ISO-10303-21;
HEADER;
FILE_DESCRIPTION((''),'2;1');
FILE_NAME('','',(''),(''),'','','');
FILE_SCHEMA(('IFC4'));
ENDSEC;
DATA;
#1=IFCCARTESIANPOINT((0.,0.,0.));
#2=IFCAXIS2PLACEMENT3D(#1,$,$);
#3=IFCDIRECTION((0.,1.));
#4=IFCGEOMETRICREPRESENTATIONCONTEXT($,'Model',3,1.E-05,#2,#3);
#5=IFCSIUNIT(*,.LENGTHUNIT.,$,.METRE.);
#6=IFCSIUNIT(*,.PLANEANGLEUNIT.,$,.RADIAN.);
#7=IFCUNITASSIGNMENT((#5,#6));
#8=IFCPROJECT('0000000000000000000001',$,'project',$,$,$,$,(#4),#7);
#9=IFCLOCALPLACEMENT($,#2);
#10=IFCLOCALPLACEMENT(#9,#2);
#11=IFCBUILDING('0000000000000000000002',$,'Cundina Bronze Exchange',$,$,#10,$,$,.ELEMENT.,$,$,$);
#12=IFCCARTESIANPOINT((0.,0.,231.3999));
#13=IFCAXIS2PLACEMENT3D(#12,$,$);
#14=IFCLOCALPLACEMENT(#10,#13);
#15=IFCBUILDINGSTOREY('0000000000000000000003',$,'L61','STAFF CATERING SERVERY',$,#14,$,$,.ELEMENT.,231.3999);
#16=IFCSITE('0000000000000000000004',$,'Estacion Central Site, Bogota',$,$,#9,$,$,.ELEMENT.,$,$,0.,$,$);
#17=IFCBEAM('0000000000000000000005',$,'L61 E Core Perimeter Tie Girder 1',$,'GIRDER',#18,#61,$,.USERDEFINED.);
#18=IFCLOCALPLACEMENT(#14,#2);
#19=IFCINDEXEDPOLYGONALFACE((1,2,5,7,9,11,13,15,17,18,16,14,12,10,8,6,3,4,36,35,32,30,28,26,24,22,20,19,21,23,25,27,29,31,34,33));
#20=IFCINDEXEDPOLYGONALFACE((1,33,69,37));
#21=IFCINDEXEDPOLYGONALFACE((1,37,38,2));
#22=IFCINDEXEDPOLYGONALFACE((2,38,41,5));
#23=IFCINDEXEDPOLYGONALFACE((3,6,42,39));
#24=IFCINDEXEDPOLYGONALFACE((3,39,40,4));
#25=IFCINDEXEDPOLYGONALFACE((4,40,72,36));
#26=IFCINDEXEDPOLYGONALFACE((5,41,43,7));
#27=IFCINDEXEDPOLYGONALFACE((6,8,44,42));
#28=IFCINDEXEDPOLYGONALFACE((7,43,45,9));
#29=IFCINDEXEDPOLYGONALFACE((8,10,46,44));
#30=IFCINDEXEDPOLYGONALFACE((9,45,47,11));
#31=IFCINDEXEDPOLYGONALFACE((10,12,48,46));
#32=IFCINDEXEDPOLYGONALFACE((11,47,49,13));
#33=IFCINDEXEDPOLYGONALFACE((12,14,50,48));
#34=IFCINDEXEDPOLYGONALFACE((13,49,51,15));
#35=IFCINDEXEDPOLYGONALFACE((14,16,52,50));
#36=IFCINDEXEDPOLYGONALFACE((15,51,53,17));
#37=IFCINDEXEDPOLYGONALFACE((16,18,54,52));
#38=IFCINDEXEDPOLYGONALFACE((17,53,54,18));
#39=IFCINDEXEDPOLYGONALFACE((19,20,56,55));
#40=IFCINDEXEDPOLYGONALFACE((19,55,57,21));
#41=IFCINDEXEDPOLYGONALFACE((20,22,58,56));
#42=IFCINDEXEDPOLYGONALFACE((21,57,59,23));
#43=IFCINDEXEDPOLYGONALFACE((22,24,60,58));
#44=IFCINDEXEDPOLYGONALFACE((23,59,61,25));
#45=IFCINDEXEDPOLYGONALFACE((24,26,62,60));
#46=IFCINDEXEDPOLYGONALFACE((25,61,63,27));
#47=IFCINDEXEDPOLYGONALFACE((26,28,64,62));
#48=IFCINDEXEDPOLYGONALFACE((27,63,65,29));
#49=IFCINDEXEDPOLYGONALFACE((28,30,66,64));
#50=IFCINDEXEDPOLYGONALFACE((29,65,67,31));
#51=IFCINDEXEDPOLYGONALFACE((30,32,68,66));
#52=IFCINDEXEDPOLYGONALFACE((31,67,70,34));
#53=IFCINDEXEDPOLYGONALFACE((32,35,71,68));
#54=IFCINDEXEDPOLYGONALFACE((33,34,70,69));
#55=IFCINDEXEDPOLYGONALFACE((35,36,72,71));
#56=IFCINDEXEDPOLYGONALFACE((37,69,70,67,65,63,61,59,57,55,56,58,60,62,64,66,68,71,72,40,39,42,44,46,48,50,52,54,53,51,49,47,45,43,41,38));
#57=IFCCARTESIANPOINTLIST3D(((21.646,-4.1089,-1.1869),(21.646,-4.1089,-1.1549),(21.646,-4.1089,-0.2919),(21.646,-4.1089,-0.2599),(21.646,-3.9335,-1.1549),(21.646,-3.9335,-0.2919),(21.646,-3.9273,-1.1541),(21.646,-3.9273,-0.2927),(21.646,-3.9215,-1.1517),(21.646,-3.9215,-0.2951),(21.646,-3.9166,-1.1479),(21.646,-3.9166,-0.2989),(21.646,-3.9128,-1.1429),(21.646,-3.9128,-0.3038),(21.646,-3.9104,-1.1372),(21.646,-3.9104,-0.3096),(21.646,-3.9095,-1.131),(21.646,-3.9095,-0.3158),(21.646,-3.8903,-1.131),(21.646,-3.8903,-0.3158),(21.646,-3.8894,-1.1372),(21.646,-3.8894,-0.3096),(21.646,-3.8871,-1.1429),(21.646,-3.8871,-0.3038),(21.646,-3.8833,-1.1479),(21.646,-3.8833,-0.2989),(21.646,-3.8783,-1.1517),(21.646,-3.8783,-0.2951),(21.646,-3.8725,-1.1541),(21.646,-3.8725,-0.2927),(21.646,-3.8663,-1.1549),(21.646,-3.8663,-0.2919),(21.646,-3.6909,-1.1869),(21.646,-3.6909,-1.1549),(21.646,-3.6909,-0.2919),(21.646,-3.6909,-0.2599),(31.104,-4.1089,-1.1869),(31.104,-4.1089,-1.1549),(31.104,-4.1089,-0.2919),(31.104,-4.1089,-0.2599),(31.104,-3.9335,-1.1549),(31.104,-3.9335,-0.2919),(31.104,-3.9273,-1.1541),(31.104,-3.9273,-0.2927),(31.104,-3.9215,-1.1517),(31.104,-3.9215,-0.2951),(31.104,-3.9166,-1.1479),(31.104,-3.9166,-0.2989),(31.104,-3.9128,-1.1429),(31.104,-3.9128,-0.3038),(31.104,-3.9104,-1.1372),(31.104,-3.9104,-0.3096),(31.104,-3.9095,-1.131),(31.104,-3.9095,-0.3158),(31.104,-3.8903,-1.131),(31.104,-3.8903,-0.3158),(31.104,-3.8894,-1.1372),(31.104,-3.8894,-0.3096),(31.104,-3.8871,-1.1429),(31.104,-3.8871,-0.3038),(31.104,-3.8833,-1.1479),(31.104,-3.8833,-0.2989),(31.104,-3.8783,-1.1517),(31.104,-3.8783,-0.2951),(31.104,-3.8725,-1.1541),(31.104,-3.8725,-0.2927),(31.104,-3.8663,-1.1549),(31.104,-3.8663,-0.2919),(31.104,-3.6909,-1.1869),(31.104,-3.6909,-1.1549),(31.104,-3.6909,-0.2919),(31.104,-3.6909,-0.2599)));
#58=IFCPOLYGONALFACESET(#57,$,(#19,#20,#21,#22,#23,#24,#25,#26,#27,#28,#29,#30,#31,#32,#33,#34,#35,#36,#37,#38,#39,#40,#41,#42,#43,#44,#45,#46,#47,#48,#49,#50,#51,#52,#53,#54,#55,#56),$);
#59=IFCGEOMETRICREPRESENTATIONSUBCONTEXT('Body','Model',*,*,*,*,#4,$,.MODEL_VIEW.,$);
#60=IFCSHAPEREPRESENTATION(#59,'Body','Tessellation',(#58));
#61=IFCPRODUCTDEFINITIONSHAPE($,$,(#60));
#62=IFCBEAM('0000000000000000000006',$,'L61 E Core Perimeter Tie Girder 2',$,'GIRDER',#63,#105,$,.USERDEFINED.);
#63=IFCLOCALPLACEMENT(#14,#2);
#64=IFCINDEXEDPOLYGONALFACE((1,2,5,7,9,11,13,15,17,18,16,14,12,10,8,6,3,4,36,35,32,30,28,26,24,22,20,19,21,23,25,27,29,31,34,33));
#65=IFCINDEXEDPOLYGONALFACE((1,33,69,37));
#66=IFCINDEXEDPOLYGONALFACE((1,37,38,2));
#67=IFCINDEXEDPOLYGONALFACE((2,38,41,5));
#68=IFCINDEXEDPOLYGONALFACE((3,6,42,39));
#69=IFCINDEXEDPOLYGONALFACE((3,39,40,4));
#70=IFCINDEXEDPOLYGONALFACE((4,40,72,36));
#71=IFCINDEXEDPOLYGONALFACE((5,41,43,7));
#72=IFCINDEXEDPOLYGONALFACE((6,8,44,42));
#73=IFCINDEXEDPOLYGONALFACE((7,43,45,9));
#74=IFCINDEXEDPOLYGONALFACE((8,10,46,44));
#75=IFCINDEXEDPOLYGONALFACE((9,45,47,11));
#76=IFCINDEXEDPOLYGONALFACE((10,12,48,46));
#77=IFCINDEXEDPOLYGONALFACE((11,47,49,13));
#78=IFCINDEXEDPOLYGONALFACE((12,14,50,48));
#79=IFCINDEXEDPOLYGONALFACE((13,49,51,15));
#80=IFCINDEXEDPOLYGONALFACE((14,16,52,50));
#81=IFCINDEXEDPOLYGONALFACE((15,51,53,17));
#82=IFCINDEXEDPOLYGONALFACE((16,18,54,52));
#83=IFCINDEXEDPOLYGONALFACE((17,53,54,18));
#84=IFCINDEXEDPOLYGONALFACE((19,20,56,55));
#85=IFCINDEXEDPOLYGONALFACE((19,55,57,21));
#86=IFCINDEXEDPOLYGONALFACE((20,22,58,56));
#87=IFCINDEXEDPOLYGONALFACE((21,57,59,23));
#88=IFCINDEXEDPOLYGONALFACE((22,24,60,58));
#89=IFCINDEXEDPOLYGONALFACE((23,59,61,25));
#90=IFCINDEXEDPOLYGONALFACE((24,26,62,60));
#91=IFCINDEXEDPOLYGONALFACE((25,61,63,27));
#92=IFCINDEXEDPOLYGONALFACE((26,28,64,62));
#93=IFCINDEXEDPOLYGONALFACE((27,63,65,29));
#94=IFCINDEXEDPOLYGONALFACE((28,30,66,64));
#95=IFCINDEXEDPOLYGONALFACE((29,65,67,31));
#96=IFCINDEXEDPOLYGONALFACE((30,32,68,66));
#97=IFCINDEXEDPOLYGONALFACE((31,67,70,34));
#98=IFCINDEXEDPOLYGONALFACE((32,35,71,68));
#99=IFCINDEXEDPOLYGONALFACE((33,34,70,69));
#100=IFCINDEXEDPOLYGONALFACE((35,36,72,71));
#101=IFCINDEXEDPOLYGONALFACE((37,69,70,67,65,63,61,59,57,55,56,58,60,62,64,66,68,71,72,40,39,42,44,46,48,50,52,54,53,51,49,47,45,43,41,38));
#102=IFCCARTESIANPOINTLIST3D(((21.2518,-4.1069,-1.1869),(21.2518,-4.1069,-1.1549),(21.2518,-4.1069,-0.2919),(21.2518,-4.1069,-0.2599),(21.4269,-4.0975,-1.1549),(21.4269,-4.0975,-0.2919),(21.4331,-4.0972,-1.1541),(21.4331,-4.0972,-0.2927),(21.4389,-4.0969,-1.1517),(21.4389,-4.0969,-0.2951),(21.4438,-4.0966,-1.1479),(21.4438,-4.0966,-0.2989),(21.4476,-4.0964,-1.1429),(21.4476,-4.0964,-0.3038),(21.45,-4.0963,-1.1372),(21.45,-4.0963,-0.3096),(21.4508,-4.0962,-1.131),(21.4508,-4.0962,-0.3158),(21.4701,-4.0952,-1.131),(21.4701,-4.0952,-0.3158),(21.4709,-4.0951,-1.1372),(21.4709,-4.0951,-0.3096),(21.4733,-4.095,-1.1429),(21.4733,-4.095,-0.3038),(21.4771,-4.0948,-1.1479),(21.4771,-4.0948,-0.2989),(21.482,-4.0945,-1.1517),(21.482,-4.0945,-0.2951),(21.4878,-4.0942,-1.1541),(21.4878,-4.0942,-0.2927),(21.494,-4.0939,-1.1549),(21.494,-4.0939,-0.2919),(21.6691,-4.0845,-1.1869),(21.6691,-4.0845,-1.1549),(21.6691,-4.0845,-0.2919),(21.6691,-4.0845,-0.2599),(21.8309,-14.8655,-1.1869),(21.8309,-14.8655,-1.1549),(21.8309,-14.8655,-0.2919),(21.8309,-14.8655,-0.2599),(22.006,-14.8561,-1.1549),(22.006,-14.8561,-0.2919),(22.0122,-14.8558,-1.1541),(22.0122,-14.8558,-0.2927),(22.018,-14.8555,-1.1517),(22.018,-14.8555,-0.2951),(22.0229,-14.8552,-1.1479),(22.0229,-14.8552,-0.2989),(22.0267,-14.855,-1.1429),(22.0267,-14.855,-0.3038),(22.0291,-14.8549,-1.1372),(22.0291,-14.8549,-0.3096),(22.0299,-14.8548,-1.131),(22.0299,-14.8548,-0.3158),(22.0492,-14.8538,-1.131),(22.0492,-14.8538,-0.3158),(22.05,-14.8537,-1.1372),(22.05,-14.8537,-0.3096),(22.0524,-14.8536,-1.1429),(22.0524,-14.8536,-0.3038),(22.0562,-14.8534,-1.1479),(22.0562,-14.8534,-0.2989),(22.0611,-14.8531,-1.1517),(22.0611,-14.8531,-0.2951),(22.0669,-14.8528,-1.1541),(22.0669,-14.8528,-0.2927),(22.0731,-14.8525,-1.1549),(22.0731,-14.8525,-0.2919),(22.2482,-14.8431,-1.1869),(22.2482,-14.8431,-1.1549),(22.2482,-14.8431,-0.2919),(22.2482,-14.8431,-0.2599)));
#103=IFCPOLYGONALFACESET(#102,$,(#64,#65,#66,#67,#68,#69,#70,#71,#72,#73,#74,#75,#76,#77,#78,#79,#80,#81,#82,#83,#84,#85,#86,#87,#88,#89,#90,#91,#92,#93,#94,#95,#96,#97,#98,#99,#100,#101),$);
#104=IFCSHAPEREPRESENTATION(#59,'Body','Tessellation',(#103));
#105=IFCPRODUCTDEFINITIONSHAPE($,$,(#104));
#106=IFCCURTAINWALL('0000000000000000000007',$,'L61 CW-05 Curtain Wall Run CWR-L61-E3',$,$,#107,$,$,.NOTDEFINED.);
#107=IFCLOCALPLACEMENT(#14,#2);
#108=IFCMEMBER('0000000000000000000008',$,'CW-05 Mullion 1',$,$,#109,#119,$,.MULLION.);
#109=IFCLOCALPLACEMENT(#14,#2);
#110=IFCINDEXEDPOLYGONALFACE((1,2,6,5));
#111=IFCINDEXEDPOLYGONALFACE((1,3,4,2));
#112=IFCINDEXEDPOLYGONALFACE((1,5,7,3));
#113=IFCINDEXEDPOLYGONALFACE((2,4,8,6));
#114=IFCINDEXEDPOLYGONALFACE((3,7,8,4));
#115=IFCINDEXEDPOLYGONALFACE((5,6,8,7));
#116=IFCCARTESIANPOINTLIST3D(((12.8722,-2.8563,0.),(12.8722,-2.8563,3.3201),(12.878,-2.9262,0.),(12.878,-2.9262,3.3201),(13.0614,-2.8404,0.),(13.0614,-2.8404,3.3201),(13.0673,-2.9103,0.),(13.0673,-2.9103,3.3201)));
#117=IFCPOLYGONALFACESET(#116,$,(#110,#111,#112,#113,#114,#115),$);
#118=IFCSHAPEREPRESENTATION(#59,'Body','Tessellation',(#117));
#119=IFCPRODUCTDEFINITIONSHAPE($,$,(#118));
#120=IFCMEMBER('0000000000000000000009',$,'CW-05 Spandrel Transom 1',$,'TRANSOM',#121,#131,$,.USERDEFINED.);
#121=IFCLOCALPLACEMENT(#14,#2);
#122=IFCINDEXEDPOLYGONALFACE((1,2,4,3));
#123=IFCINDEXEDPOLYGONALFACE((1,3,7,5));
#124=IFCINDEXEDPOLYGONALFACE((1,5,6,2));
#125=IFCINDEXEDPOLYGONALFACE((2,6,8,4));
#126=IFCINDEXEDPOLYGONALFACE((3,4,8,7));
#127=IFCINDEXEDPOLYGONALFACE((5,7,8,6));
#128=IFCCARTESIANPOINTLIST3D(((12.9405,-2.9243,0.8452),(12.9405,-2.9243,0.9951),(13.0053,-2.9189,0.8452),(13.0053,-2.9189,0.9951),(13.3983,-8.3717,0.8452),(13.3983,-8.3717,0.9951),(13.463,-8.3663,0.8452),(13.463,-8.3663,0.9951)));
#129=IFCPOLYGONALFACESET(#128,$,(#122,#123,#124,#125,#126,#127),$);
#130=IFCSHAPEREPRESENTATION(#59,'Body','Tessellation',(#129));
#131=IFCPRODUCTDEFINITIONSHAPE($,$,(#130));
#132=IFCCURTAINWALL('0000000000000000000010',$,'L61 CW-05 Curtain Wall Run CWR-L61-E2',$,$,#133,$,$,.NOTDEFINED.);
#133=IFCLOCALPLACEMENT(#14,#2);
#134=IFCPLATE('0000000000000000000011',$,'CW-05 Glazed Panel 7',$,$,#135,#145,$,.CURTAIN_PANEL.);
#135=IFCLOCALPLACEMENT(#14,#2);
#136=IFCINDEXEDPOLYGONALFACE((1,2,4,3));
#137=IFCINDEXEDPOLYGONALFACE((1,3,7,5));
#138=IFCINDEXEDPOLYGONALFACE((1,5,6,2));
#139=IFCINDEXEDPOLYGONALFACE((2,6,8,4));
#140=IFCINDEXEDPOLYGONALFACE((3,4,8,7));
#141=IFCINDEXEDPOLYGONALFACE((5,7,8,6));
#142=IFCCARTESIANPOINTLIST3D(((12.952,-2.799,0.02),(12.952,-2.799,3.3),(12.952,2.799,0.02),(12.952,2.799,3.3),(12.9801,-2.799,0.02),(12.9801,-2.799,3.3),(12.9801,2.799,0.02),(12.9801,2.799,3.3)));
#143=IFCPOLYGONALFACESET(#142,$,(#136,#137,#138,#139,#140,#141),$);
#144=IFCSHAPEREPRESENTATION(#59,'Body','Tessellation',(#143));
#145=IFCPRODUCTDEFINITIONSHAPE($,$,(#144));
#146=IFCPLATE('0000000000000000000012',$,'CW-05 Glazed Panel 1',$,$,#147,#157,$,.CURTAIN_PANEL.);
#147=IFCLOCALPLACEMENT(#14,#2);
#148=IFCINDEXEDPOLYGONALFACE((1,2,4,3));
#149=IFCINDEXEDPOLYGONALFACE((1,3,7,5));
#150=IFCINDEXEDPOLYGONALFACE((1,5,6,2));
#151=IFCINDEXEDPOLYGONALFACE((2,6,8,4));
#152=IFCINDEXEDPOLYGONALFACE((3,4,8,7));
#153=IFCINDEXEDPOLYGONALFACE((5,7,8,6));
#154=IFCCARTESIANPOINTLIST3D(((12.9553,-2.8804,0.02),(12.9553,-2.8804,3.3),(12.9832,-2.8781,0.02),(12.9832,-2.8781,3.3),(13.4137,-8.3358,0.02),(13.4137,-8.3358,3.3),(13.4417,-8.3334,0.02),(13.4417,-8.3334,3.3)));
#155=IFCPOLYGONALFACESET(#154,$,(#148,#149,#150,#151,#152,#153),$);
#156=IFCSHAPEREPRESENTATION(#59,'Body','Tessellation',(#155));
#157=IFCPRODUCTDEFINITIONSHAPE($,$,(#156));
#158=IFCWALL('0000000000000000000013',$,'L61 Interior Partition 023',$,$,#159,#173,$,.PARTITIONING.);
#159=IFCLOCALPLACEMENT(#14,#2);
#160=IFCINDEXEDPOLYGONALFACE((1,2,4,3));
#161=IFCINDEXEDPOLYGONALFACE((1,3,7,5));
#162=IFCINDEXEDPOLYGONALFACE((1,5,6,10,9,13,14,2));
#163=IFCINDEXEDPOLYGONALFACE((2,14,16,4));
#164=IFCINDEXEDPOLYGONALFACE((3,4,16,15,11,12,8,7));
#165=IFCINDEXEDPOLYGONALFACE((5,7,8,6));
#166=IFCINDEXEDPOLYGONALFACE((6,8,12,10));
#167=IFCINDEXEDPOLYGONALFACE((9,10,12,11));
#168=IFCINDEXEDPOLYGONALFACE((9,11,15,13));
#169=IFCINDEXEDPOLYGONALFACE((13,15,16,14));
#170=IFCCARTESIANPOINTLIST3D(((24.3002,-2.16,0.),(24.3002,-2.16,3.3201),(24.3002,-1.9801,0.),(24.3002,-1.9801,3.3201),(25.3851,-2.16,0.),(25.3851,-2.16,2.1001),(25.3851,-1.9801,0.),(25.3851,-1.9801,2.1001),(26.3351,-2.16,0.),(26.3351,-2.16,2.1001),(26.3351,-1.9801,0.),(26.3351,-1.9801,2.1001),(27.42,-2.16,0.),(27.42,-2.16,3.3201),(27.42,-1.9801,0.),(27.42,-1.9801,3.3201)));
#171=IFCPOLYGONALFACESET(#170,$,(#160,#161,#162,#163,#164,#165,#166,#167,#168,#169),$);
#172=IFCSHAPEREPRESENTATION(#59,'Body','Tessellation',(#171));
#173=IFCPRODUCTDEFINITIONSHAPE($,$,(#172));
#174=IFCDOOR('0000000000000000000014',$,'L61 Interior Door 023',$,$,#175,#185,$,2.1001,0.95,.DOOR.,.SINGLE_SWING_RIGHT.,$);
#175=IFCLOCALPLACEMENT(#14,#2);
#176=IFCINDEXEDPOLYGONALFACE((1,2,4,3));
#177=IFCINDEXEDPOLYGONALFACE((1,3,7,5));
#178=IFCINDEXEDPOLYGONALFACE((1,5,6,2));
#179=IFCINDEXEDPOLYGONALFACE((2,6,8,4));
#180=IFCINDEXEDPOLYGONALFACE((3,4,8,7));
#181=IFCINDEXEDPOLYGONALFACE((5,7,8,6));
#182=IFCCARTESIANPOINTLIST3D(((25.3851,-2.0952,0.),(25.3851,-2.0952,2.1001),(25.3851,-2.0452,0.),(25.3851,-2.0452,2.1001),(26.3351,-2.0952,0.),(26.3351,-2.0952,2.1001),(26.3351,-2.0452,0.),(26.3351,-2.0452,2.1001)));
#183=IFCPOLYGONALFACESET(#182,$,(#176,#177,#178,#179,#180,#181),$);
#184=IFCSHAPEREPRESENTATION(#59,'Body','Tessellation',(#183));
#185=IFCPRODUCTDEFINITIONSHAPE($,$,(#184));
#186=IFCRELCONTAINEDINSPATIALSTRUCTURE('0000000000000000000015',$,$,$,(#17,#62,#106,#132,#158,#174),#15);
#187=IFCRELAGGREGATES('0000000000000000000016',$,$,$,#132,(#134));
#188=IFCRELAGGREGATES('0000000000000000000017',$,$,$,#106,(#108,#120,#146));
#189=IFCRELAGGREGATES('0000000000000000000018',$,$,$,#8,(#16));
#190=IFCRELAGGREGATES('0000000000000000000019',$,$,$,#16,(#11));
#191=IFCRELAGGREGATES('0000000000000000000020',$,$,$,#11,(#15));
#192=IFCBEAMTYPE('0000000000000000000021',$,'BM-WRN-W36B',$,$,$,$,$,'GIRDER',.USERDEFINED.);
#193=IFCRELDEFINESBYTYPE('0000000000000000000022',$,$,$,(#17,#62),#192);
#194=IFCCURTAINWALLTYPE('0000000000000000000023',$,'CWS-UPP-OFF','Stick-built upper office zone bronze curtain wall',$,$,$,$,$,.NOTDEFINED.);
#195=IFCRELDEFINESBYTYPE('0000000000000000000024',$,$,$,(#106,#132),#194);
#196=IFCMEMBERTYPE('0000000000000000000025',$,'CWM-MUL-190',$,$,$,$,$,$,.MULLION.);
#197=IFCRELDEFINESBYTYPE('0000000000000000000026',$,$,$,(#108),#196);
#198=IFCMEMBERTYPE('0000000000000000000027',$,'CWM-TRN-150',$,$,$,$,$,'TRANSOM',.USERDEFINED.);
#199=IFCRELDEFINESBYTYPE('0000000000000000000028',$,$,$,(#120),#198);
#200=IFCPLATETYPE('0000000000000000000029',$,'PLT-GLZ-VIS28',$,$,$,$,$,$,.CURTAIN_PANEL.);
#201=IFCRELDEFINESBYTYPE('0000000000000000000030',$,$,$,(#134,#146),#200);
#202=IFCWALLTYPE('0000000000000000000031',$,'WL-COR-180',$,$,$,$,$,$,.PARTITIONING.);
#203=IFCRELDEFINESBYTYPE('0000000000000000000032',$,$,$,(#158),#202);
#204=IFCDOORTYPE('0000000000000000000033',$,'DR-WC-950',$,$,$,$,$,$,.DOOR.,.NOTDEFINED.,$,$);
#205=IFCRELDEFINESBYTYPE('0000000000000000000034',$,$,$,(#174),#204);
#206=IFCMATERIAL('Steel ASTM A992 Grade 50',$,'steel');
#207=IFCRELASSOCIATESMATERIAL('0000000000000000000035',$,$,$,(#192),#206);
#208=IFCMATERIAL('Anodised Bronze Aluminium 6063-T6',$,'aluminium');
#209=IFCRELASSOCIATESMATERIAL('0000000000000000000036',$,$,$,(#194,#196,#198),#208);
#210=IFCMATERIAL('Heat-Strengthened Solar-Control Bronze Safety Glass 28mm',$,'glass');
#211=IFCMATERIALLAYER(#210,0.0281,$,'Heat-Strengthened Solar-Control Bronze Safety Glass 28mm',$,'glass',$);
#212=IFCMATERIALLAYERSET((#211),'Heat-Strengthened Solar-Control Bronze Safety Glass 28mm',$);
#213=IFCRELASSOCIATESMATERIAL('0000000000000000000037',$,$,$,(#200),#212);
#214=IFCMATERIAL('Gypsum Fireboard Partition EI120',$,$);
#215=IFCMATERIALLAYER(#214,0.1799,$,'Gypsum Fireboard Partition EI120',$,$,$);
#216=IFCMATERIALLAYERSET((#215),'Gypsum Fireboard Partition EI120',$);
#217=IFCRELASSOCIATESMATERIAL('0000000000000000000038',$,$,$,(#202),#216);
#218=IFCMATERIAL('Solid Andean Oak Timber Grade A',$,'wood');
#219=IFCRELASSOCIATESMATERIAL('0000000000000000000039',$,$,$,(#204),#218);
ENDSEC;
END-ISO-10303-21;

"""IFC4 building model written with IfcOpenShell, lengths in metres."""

from ifc_helpers import new_model, si_unit, direction, frame, frame_2d, origin, origin_2d, place, context, subcontext, project, spatial, rectangle, i_section, extrude, material, layer, layer_set, material_profile, profile_set, type_object, element, fill, aggregate, save


model = new_model("IFC4")

# Units and contexts
model_context = context("Model", 3, precision=1e-05, world=origin(), true_north=direction((0.0, 1.0)))
body_context = subcontext(model_context, "Body", "Model", "MODEL_VIEW")
ifc_project = project(units=[si_unit("LENGTHUNIT", "METRE"), si_unit("PLANEANGLEUNIT", "RADIAN")], contexts=[model_context])

# Site, building, storey
site_placement = place(None, origin())
site = spatial("IfcSite", under=ifc_project, at=site_placement, Name="Estacion Central Site, Bogota", CompositionType="ELEMENT", RefElevation=0.0)
building_placement = place(site_placement, origin())
building = spatial("IfcBuilding", under=site, at=building_placement, Name="Cundina Bronze Exchange", CompositionType="ELEMENT")
storey_placement = place(building_placement, frame((0.0, 0.0, 231.3999)))
storey = spatial("IfcBuildingStorey", under=building, at=storey_placement, Name="L61", Description="STAFF CATERING SERVERY", CompositionType="ELEMENT", Elevation=231.3999)

# Shared definitions
ifc_material_1 = material(Name="Steel ASTM A992 Grade 50", Category="steel")

# Beams
ifc_material_profile_1 = material_profile(ifc_material_1, i_section(OverallWidth=0.418, OverallDepth=0.927, WebThickness=0.0193, FlangeThickness=0.032, FilletRadius=0.0239, at=origin_2d()), Name="W36X231", Category="steel")
ifc_profile_set_1 = profile_set([ifc_material_profile_1], Name="Steel ASTM A992 Grade 50")
beam_type_1 = type_object("IfcBeamType", Name="BM-WRN-W36B", ElementType="GIRDER", PredefinedType="USERDEFINED", material=ifc_profile_set_1)
beam_1_placement = place(storey_placement, frame((31.104, -3.8999, -0.7234), z_axis=(-1.0, 0.0, 0.0), x_axis=(0.0, -1.0, 0.0)))
element("IfcBeam", 1, at=beam_1_placement, inside=storey, type_object=beam_type_1, Name="L61 E Core Perimeter Tie Girder 1", ObjectType="GIRDER", PredefinedType="USERDEFINED", context=body_context, shape_type="SweptSolid", body=[
    extrude(i_section(OverallWidth=0.418, OverallDepth=0.927, WebThickness=0.0193, FlangeThickness=0.032, FilletRadius=0.0239, at=origin_2d()), origin(), (0.0, 0.0, 1.0), 9.458),
])
beam_2_placement = place(storey_placement, frame((21.4604, -4.0957, -0.7234), z_axis=(0.053749, -0.998554, 0.0), x_axis=(0.998554, 0.053749, 0.0)))
element("IfcBeam", 2, at=beam_2_placement, inside=storey, type_object=beam_type_1, Name="L61 E Core Perimeter Tie Girder 2", ObjectType="GIRDER", PredefinedType="USERDEFINED", context=body_context, shape_type="SweptSolid", body=[
    extrude(i_section(OverallWidth=0.418, OverallDepth=0.927, WebThickness=0.0193, FlangeThickness=0.032, FilletRadius=0.0239, at=origin_2d()), origin(), (0.0, 0.0, 1.0), 10.7742),
])

# Curtain wall, members
ifc_material_2 = material(Name="Anodised Bronze Aluminium 6063-T6", Category="aluminium")
curtain_wall_type = type_object("IfcCurtainWallType", Name="CWS-UPP-OFF", Description="Stick-built upper office zone bronze curtain wall", PredefinedType="NOTDEFINED", material=ifc_material_2)
curtain_wall_1_placement = place(storey_placement, origin())
curtain_wall_1 = element("IfcCurtainWall", 3, at=curtain_wall_1_placement, inside=storey, type_object=curtain_wall_type, Name="L61 CW-05 Curtain Wall Run CWR-L61-E3", PredefinedType="NOTDEFINED")
ifc_material_profile_2 = material_profile(ifc_material_2, rectangle(XDim=0.0701, YDim=0.1899, at=origin_2d()), Name="AL70X190", Category="aluminium")
ifc_profile_set_2 = profile_set([ifc_material_profile_2], Name="Anodised Bronze Aluminium 6063-T6")
member_type_1 = type_object("IfcMemberType", Name="CWM-MUL-190", PredefinedType="MULLION", material=ifc_profile_set_2)
member_1_placement = place(storey_placement, frame((12.9697, -2.8833, 0.0), z_axis=(0.0, 0.0, 1.0), x_axis=(0.083678, -0.996493, 0.0)))
member_1 = element("IfcMember", 4, at=member_1_placement, type_object=member_type_1, Name="CW-05 Mullion 1", PredefinedType="MULLION", context=body_context, shape_type="SweptSolid", body=[
    extrude(rectangle(XDim=0.0701, YDim=0.1899, at=origin_2d()), origin(), (0.0, 0.0, 1.0), 3.3201),
])
ifc_material_profile_3 = material_profile(ifc_material_2, rectangle(XDim=0.0649, YDim=0.1499, at=origin_2d()), Name="AL65X150", Category="aluminium")
ifc_profile_set_3 = profile_set([ifc_material_profile_3], Name="Anodised Bronze Aluminium 6063-T6")
member_type_2 = type_object("IfcMemberType", Name="CWM-TRN-150", ElementType="TRANSOM", PredefinedType="USERDEFINED", material=ifc_profile_set_3)
member_2_placement = place(storey_placement, frame((12.9729, -2.9216, 0.9202), z_axis=(0.08374, -0.996488, 0.0), x_axis=(0.996488, 0.08374, 0.0)))
member_2 = element("IfcMember", 5, at=member_2_placement, type_object=member_type_2, Name="CW-05 Spandrel Transom 1", ObjectType="TRANSOM", PredefinedType="USERDEFINED", context=body_context, shape_type="SweptSolid", body=[
    extrude(rectangle(XDim=0.0649, YDim=0.1499, at=origin_2d()), origin(), (0.0, 0.0, 1.0), 5.4666),
])

# Curtain wall, plate
curtain_wall_2_placement = place(storey_placement, origin())
curtain_wall_2 = element("IfcCurtainWall", 6, at=curtain_wall_2_placement, inside=storey, type_object=curtain_wall_type, Name="L61 CW-05 Curtain Wall Run CWR-L61-E2", PredefinedType="NOTDEFINED")
ifc_material_3 = material(Name="Heat-Strengthened Solar-Control Bronze Safety Glass 28mm", Category="glass")
ifc_layer_1 = layer(ifc_material_3, 0.0281, Name="Heat-Strengthened Solar-Control Bronze Safety Glass 28mm", Category="glass")
ifc_layer_set_1 = layer_set([ifc_layer_1], Name="Heat-Strengthened Solar-Control Bronze Safety Glass 28mm")
plate_type = type_object("IfcPlateType", Name="PLT-GLZ-VIS28", PredefinedType="CURTAIN_PANEL", material=ifc_layer_set_1)
plate_1_placement = place(storey_placement, frame((12.9661, 0.0, 0.02), z_axis=(0.0, 0.0, 1.0), x_axis=(0.0, -1.0, 0.0)))
plate_1 = element("IfcPlate", 7, at=plate_1_placement, type_object=plate_type, Name="CW-05 Glazed Panel 7", PredefinedType="CURTAIN_PANEL", context=body_context, shape_type="SweptSolid", body=[
    extrude(rectangle(XDim=5.5979, YDim=0.0281, at=origin_2d()), origin(), (0.0, 0.0, 1.0), 3.28),
])
aggregate(curtain_wall_2, [plate_1])

# Plate
plate_2_placement = place(storey_placement, frame((13.1985, -5.6069, 0.02), z_axis=(0.0, 0.0, 1.0), x_axis=(0.083747, -0.996487, 0.0)))
plate_2 = element("IfcPlate", 8, at=plate_2_placement, type_object=plate_type, Name="CW-05 Glazed Panel 1", PredefinedType="CURTAIN_PANEL", context=body_context, shape_type="SweptSolid", body=[
    extrude(rectangle(XDim=5.4746, YDim=0.0281, at=origin_2d()), origin(), (0.0, 0.0, 1.0), 3.28),
])
aggregate(curtain_wall_1, [member_1, member_2, plate_2])

# Wall, opening, door
ifc_material_4 = material(Name="Gypsum Fireboard Partition EI120")
ifc_layer_2 = layer(ifc_material_4, 0.1799, Name="Gypsum Fireboard Partition EI120")
ifc_layer_set_2 = layer_set([ifc_layer_2], Name="Gypsum Fireboard Partition EI120")
wall_type_1 = type_object("IfcWallType", Name="WL-COR-180", PredefinedType="PARTITIONING", material=ifc_layer_set_2)
wall_1_placement = place(storey_placement, frame((24.3, -2.0701, 0.0), z_axis=(0.0, 0.0, 1.0), x_axis=(1.0, 0.0, 0.0)))
wall_1 = element("IfcWall", 9, at=wall_1_placement, inside=storey, type_object=wall_type_1, Name="L61 Interior Partition 023", PredefinedType="PARTITIONING", context=body_context, shape_type="SweptSolid", body=[
    extrude(rectangle(XDim=3.1199, YDim=0.1799, at=frame_2d((1.5601, 0.0))), origin(), (0.0, 0.0, 1.0), 3.3201),
])
opening_1_placement = place(wall_1_placement, frame((1.085, 0.0, 0.0)))
opening_1 = element("IfcOpeningElement", 10, at=opening_1_placement, cuts=wall_1, PredefinedType="OPENING", context=body_context, shape_type="SweptSolid", body=[
    extrude(rectangle(XDim=0.95, YDim=2.1001, at=frame_2d((0.4751, 1.05))), frame((0.0, 0.0999, 0.0), z_axis=(0.0, -1.0, 0.0), x_axis=(1.0, 0.0, 0.0)), (0.0, 0.0, 1.0), 0.2),
])
ifc_material_5 = material(Name="Solid Andean Oak Timber Grade A", Category="wood")
door_type_1 = type_object("IfcDoorType", Name="DR-WC-950", OperationType="NOTDEFINED", PredefinedType="DOOR", material=ifc_material_5)
door_1_placement = place(opening_1_placement, origin())
door_1 = element("IfcDoor", 11, at=door_1_placement, inside=storey, type_object=door_type_1, Name="L61 Interior Door 023", OperationType="SINGLE_SWING_RIGHT", OverallHeight=2.1001, OverallWidth=0.95, PredefinedType="DOOR", context=body_context, shape_type="SweptSolid", body=[
    extrude(rectangle(XDim=0.95, YDim=2.1001, at=frame_2d((0.4751, 1.05))), frame((0.0, 0.0249, 0.0), z_axis=(0.0, -1.0, 0.0), x_axis=(1.0, 0.0, 0.0)), (0.0, 0.0, 1.0), 0.05),
])
fill(opening_1, door_1)

save(model, "model.ifc")
